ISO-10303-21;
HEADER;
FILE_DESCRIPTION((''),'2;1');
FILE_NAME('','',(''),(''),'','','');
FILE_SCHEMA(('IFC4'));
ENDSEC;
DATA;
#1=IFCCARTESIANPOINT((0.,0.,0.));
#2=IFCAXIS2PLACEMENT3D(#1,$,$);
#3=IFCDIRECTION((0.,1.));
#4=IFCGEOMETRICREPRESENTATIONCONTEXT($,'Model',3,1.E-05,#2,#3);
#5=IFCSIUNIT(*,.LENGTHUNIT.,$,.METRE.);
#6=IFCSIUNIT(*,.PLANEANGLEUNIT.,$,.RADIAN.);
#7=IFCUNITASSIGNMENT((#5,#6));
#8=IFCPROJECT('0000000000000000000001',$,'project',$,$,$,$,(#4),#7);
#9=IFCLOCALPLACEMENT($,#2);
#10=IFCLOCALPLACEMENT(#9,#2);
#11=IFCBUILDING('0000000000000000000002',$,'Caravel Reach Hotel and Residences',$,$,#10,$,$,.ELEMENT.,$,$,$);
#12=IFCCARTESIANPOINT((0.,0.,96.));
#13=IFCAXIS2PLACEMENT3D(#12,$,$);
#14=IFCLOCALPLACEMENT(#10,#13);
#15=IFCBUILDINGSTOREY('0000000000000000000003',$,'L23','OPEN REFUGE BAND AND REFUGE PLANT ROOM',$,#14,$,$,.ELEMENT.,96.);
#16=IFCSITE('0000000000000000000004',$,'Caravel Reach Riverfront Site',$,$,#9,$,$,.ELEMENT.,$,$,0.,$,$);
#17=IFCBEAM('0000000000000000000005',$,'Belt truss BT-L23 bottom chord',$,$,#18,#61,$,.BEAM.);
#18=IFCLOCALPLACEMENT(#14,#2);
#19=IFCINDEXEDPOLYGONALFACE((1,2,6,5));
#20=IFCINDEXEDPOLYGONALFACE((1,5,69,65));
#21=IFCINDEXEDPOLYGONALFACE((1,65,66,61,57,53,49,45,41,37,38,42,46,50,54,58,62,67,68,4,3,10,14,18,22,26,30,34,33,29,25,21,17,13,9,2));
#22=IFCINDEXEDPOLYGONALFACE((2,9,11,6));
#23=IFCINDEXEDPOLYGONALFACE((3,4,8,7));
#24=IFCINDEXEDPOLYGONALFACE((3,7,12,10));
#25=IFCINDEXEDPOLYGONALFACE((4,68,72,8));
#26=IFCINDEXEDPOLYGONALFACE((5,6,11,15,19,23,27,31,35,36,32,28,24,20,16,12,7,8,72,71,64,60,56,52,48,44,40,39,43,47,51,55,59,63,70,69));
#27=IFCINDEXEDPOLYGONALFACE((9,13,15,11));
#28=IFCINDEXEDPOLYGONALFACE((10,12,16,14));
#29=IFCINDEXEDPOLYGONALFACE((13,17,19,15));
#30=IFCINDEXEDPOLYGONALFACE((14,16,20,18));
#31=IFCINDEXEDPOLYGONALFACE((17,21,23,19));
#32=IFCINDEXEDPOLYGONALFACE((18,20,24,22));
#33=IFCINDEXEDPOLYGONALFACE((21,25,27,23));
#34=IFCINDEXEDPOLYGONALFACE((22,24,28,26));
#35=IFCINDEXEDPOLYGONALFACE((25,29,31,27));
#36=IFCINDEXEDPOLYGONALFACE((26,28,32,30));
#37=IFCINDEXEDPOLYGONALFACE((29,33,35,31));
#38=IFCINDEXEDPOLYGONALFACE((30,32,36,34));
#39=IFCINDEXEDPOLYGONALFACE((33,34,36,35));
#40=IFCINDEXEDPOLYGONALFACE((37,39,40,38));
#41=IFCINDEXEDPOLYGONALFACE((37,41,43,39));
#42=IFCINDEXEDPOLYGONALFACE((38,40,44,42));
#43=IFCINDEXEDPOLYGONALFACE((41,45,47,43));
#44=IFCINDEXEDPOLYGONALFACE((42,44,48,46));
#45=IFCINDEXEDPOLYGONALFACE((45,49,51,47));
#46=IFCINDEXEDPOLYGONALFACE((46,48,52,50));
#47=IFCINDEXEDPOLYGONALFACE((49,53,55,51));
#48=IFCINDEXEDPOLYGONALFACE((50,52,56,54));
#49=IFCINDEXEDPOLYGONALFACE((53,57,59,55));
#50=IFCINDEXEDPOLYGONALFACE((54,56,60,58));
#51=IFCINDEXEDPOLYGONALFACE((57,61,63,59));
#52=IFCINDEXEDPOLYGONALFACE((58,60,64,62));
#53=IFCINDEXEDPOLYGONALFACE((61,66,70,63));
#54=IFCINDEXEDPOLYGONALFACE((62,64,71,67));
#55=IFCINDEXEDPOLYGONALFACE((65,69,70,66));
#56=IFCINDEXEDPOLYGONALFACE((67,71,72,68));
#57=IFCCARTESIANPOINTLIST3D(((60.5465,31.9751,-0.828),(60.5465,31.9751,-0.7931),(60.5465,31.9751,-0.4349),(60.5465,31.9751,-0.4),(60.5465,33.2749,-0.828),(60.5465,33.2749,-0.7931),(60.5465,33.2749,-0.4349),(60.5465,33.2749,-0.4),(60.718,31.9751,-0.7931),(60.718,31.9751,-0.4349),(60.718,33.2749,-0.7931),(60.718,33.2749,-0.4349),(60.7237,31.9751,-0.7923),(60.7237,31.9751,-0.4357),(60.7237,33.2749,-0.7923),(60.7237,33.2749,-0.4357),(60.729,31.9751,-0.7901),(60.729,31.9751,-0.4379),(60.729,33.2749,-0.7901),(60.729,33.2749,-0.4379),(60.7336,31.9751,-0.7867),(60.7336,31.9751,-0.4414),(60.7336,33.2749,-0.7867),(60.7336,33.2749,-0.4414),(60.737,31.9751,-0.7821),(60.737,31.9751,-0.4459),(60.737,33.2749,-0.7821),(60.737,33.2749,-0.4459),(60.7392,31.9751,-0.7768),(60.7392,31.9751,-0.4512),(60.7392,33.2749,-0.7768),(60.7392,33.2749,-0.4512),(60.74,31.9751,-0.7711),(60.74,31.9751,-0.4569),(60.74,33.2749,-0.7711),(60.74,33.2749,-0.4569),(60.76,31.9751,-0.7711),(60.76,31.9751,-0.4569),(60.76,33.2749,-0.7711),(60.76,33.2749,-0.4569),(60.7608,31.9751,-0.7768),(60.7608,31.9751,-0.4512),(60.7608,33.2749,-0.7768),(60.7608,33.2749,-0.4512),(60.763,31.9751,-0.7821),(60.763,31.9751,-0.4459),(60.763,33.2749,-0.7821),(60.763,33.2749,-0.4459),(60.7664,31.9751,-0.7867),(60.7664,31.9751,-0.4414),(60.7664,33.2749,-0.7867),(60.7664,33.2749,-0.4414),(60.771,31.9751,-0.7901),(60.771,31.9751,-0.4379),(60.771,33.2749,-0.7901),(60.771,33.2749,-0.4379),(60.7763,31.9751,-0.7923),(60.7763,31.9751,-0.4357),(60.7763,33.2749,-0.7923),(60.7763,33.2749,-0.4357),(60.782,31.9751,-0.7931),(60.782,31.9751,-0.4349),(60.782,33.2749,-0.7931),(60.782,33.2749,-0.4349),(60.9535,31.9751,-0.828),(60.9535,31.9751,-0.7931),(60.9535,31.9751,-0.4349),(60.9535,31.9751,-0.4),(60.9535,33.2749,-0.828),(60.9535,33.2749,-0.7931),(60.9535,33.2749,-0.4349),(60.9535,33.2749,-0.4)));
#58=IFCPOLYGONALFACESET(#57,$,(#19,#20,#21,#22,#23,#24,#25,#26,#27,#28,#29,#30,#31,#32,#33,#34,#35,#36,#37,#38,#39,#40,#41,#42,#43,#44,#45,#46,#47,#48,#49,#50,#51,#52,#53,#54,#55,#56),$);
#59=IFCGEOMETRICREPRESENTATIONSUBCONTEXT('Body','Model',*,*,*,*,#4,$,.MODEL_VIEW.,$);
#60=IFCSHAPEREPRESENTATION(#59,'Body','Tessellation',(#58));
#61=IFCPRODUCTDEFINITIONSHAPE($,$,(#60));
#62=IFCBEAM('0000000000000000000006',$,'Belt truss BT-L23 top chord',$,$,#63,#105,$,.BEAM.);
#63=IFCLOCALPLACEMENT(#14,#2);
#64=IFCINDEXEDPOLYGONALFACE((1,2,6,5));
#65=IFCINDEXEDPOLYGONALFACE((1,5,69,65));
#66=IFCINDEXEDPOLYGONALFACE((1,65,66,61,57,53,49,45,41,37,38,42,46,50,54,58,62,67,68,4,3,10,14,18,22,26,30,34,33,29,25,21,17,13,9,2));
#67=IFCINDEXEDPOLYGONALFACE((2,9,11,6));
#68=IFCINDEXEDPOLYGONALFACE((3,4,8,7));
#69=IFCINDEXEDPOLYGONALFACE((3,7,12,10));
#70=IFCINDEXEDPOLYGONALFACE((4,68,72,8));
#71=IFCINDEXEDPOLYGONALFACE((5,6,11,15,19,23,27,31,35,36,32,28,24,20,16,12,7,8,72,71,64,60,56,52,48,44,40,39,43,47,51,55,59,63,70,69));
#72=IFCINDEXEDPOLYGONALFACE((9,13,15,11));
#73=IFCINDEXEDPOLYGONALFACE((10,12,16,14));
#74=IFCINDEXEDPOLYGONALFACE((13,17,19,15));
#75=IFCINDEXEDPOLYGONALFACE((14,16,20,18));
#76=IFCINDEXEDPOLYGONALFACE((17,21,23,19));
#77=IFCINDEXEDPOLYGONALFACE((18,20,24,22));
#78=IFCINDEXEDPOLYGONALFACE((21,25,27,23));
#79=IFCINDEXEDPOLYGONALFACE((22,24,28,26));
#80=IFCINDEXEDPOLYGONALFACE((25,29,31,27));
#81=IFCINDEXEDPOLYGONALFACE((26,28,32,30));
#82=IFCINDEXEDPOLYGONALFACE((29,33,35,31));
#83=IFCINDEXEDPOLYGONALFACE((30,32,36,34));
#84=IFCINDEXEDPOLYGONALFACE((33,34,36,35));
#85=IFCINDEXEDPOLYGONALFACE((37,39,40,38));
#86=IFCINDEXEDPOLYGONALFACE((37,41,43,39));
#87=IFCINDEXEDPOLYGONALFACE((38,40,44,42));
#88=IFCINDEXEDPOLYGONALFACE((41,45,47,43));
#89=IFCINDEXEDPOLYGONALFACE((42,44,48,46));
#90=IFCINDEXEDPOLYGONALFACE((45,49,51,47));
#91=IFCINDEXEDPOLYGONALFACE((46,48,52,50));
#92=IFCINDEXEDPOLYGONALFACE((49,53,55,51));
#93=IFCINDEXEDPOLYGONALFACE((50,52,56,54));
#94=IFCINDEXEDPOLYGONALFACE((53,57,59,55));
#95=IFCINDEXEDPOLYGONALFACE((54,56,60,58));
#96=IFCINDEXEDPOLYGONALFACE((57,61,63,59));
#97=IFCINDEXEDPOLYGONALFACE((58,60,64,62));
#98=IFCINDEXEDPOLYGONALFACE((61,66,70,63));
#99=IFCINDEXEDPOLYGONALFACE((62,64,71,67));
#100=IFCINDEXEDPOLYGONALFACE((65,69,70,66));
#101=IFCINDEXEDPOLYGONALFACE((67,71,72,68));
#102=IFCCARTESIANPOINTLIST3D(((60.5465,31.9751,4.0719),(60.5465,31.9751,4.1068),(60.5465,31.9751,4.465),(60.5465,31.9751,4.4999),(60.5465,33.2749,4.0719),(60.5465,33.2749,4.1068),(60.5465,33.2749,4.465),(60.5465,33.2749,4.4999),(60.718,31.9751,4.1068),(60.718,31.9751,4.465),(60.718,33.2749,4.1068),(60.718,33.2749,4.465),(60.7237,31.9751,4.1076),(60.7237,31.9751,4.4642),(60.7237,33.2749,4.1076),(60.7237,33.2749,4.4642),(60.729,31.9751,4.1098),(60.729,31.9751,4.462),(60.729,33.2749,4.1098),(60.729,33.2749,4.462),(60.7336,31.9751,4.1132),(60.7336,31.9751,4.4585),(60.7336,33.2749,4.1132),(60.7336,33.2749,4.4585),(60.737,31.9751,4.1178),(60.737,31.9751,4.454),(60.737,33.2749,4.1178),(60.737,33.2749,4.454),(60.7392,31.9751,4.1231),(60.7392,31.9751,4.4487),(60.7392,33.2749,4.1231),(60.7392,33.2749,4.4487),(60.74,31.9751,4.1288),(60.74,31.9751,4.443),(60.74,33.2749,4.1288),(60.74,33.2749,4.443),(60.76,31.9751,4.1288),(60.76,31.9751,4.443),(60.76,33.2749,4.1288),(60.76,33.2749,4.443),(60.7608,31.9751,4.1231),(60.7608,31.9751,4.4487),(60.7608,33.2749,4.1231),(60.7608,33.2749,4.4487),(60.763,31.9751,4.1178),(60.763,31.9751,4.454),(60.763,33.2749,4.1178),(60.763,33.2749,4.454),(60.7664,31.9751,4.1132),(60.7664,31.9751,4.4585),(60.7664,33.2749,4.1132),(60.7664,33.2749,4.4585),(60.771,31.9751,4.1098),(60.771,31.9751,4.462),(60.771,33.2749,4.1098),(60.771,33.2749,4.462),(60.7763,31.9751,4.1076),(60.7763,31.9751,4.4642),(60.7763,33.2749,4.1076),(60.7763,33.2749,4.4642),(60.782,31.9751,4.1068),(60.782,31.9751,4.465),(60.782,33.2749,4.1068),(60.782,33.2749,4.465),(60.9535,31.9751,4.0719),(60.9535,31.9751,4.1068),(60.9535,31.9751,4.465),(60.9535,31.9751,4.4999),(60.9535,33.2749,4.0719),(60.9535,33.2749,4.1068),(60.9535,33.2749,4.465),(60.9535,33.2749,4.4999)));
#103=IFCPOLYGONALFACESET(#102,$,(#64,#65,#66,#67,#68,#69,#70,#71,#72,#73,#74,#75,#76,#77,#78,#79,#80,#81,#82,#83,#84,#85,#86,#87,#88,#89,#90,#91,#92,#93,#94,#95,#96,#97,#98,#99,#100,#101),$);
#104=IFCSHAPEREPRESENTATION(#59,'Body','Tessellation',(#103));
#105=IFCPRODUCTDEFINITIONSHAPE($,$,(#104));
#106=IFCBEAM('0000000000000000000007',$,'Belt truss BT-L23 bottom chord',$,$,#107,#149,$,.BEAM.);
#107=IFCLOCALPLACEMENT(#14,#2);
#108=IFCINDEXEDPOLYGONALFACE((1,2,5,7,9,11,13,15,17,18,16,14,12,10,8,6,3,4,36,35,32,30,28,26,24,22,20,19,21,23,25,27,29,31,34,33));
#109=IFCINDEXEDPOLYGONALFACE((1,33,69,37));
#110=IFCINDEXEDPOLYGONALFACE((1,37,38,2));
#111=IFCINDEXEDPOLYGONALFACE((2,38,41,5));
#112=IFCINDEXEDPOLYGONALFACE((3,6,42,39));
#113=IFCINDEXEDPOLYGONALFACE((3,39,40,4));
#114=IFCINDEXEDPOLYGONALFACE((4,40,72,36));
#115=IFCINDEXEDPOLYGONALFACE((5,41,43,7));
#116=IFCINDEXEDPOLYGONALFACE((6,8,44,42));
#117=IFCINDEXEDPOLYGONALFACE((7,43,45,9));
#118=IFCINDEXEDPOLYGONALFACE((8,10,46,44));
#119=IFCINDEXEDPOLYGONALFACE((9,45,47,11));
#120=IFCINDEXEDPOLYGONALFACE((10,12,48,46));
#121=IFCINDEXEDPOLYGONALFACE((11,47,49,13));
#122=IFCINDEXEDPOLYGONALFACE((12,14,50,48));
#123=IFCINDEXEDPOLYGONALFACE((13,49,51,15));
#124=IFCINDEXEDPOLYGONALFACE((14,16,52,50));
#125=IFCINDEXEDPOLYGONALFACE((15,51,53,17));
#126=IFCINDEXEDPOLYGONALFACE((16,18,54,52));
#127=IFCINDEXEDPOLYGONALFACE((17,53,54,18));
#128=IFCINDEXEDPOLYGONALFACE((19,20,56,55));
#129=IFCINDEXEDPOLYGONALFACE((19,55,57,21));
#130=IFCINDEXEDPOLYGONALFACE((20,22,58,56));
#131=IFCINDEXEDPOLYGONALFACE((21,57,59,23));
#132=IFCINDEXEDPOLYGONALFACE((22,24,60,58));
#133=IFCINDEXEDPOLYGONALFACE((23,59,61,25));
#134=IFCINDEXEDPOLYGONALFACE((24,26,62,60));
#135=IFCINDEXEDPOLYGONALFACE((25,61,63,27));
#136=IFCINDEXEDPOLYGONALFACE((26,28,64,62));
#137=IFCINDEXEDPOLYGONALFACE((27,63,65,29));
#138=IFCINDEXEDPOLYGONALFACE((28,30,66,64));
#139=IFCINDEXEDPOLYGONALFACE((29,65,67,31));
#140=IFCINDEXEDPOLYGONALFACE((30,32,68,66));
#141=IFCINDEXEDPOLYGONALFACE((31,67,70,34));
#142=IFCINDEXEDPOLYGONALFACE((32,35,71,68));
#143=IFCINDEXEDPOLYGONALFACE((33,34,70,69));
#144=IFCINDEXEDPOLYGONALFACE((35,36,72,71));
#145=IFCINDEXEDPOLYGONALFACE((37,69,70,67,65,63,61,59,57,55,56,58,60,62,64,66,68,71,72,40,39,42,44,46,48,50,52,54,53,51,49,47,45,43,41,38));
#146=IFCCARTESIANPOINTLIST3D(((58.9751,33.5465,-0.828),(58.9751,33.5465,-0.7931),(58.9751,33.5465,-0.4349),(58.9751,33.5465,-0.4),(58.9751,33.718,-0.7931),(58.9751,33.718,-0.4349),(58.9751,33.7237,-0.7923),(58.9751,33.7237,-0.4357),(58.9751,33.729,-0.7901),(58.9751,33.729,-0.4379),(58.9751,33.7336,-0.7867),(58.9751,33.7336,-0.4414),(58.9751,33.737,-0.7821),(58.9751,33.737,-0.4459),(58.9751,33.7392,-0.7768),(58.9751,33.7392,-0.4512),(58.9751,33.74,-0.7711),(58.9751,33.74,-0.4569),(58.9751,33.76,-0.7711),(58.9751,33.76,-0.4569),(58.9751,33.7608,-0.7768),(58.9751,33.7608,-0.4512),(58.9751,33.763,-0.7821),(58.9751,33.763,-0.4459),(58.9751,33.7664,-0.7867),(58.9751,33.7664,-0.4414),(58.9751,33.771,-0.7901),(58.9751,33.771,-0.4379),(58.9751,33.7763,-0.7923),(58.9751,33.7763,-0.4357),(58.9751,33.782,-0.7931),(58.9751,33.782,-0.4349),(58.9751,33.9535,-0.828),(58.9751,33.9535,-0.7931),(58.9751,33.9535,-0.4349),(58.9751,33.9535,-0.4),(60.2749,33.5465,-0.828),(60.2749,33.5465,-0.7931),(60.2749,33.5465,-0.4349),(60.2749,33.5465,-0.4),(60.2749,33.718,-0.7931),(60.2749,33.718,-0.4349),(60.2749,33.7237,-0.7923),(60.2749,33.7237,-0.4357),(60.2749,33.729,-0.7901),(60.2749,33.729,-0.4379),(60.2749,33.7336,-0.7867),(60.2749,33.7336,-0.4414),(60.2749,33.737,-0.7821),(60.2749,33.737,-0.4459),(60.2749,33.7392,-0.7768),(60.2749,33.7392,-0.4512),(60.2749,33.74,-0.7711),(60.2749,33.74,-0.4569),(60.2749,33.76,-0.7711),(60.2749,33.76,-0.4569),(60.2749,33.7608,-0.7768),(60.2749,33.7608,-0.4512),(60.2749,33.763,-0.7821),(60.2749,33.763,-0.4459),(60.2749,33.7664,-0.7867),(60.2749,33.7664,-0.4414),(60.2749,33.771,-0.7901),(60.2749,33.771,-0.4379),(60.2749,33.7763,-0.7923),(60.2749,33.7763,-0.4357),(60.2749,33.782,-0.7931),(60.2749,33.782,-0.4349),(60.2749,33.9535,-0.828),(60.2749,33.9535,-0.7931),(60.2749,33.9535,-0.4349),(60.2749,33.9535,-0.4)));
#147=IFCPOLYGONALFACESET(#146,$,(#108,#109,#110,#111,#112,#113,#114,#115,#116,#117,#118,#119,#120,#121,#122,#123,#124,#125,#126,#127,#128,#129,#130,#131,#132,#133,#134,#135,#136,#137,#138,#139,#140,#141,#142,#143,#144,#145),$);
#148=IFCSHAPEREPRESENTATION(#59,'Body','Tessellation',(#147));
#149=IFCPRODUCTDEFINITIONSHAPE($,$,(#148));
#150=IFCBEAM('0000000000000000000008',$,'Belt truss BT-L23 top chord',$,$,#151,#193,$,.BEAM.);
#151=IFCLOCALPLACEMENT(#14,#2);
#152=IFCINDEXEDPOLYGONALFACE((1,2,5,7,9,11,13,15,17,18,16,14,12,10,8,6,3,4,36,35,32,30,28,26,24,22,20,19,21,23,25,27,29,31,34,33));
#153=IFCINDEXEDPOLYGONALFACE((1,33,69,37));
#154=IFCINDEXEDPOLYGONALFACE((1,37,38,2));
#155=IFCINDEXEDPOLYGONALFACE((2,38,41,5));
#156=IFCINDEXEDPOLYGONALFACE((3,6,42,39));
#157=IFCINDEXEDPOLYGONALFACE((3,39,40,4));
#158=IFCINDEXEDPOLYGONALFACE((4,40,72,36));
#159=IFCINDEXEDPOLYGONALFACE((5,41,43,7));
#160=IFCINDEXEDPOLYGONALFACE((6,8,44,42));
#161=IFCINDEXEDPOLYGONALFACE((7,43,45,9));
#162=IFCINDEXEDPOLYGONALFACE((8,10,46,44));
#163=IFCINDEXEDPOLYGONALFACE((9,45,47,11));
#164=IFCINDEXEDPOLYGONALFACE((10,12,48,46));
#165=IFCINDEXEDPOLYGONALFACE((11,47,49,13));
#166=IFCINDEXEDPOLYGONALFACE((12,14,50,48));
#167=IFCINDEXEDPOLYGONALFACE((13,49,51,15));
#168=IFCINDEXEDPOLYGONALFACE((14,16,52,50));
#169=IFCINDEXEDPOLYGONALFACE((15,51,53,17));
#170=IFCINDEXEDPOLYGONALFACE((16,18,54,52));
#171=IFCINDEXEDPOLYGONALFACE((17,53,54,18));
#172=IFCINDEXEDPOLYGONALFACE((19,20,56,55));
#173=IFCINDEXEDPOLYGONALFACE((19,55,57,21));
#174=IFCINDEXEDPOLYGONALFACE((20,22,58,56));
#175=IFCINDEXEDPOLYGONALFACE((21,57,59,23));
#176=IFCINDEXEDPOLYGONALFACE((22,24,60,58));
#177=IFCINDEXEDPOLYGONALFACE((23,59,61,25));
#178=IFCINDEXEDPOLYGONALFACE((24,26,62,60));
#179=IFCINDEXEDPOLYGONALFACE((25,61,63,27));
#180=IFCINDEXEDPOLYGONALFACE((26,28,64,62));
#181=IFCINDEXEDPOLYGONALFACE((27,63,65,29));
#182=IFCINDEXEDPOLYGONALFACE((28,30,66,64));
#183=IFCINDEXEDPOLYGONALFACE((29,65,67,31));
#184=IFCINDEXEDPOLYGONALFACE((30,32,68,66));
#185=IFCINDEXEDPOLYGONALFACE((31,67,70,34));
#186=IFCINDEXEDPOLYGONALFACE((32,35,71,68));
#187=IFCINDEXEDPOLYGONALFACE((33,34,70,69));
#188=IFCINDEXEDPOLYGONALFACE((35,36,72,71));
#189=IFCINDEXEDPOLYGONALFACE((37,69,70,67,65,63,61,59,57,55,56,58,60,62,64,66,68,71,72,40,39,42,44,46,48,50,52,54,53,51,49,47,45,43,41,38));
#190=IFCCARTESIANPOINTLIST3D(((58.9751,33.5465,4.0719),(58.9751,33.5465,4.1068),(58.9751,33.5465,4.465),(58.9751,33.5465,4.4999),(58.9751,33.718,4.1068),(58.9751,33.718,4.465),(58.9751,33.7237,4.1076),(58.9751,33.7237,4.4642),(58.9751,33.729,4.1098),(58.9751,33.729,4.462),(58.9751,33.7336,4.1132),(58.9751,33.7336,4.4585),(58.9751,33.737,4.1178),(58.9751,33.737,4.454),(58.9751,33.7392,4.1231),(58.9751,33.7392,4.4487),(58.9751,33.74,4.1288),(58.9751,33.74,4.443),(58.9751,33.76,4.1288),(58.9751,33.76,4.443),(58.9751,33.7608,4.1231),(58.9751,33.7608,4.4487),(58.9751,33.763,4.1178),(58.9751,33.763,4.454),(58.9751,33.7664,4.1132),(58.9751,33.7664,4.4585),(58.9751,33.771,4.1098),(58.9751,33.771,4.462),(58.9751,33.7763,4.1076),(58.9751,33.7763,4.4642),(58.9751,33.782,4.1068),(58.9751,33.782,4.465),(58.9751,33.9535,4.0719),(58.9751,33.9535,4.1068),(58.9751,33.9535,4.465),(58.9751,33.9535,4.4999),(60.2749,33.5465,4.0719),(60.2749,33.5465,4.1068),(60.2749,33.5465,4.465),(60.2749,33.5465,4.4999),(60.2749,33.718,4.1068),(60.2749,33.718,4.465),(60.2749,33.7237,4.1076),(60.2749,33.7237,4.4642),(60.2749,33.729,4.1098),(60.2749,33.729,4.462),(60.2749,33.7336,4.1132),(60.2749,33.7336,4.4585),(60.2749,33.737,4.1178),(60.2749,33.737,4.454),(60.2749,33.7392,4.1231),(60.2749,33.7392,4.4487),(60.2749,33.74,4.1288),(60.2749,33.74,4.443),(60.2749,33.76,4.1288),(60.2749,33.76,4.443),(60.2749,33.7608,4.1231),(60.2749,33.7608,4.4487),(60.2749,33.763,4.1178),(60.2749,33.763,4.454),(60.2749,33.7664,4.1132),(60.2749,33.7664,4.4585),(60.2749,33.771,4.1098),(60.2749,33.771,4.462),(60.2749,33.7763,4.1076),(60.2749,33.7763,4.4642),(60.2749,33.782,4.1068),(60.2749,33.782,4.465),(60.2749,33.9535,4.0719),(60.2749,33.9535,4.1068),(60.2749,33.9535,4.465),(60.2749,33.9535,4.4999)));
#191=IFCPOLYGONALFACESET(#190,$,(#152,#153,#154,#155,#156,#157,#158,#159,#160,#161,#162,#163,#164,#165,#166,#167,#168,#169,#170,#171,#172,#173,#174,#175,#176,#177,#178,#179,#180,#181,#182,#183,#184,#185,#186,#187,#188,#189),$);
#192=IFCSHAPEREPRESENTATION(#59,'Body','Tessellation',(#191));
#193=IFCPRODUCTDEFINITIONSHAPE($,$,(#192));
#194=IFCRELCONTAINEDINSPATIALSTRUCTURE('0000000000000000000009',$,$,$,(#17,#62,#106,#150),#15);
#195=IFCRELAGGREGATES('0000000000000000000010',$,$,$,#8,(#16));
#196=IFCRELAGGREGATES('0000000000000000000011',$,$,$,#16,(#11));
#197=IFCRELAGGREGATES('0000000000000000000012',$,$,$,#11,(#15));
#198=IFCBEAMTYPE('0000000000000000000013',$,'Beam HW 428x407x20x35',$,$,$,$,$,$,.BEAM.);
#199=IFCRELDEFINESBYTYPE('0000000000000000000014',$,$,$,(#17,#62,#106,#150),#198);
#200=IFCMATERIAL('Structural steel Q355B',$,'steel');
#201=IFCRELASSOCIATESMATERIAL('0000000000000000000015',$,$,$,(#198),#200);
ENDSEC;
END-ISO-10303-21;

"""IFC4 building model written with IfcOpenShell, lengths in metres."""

from ifc_helpers import new_model, si_unit, direction, frame, origin, origin_2d, place, context, subcontext, project, spatial, i_section, extrude, material, material_profile, profile_set, type_object, element, save


model = new_model("IFC4")

# Units and contexts
model_context = context("Model", 3, precision=1e-05, world=origin(), true_north=direction((0.0, 1.0)))
body_context = subcontext(model_context, "Body", "Model", "MODEL_VIEW")
ifc_project = project(units=[si_unit("LENGTHUNIT", "METRE"), si_unit("PLANEANGLEUNIT", "RADIAN")], contexts=[model_context])

# Site, building, storey
site_placement = place(None, origin())
site = spatial("IfcSite", under=ifc_project, at=site_placement, Name="Caravel Reach Riverfront Site", CompositionType="ELEMENT", RefElevation=0.0)
building_placement = place(site_placement, origin())
building = spatial("IfcBuilding", under=site, at=building_placement, Name="Caravel Reach Hotel and Residences", CompositionType="ELEMENT")
storey_placement = place(building_placement, frame((0.0, 0.0, 96.0)))
storey = spatial("IfcBuildingStorey", under=building, at=storey_placement, Name="L23", Description="OPEN REFUGE BAND AND REFUGE PLANT ROOM", CompositionType="ELEMENT", Elevation=96.0)

# Beams
ifc_material_1 = material(Name="Structural steel Q355B", Category="steel")
ifc_material_profile_1 = material_profile(ifc_material_1, i_section(OverallWidth=0.407, OverallDepth=0.428, WebThickness=0.02, FlangeThickness=0.0349, FilletRadius=0.022, at=origin_2d()), Name="HW 428x407x20x35")
ifc_profile_set_1 = profile_set([ifc_material_profile_1], Name="Structural steel Q355B")
beam_type = type_object("IfcBeamType", Name="Beam HW 428x407x20x35", PredefinedType="BEAM", material=ifc_profile_set_1)
for number, where, z_axis, x_axis, name in (
    (1, (60.75, 31.9751, -0.614), (0.0, 1.0, 0.0), (-1.0, 0.0, 0.0), "Belt truss BT-L23 bottom chord"),
    (2, (60.75, 31.9751, 4.2859), (0.0, 1.0, 0.0), (-1.0, 0.0, 0.0), "Belt truss BT-L23 top chord"),
    (3, (60.2749, 33.75, -0.614), (-1.0, 0.0, 0.0), (0.0, -1.0, 0.0), "Belt truss BT-L23 bottom chord"),
    (4, (60.2749, 33.75, 4.2859), (-1.0, 0.0, 0.0), (0.0, -1.0, 0.0), "Belt truss BT-L23 top chord"),
):
    element("IfcBeam", number, at=place(storey_placement, frame(where, z_axis=z_axis, x_axis=x_axis)), inside=storey, type_object=beam_type, Name=name, PredefinedType="BEAM", context=body_context, shape_type="SweptSolid", body=[
        extrude(i_section(OverallWidth=0.407, OverallDepth=0.428, WebThickness=0.02, FlangeThickness=0.0349, FilletRadius=0.022, at=origin_2d()), origin(), (0.0, 0.0, 1.0), 1.2998),
    ])

save(model, "model.ifc")
